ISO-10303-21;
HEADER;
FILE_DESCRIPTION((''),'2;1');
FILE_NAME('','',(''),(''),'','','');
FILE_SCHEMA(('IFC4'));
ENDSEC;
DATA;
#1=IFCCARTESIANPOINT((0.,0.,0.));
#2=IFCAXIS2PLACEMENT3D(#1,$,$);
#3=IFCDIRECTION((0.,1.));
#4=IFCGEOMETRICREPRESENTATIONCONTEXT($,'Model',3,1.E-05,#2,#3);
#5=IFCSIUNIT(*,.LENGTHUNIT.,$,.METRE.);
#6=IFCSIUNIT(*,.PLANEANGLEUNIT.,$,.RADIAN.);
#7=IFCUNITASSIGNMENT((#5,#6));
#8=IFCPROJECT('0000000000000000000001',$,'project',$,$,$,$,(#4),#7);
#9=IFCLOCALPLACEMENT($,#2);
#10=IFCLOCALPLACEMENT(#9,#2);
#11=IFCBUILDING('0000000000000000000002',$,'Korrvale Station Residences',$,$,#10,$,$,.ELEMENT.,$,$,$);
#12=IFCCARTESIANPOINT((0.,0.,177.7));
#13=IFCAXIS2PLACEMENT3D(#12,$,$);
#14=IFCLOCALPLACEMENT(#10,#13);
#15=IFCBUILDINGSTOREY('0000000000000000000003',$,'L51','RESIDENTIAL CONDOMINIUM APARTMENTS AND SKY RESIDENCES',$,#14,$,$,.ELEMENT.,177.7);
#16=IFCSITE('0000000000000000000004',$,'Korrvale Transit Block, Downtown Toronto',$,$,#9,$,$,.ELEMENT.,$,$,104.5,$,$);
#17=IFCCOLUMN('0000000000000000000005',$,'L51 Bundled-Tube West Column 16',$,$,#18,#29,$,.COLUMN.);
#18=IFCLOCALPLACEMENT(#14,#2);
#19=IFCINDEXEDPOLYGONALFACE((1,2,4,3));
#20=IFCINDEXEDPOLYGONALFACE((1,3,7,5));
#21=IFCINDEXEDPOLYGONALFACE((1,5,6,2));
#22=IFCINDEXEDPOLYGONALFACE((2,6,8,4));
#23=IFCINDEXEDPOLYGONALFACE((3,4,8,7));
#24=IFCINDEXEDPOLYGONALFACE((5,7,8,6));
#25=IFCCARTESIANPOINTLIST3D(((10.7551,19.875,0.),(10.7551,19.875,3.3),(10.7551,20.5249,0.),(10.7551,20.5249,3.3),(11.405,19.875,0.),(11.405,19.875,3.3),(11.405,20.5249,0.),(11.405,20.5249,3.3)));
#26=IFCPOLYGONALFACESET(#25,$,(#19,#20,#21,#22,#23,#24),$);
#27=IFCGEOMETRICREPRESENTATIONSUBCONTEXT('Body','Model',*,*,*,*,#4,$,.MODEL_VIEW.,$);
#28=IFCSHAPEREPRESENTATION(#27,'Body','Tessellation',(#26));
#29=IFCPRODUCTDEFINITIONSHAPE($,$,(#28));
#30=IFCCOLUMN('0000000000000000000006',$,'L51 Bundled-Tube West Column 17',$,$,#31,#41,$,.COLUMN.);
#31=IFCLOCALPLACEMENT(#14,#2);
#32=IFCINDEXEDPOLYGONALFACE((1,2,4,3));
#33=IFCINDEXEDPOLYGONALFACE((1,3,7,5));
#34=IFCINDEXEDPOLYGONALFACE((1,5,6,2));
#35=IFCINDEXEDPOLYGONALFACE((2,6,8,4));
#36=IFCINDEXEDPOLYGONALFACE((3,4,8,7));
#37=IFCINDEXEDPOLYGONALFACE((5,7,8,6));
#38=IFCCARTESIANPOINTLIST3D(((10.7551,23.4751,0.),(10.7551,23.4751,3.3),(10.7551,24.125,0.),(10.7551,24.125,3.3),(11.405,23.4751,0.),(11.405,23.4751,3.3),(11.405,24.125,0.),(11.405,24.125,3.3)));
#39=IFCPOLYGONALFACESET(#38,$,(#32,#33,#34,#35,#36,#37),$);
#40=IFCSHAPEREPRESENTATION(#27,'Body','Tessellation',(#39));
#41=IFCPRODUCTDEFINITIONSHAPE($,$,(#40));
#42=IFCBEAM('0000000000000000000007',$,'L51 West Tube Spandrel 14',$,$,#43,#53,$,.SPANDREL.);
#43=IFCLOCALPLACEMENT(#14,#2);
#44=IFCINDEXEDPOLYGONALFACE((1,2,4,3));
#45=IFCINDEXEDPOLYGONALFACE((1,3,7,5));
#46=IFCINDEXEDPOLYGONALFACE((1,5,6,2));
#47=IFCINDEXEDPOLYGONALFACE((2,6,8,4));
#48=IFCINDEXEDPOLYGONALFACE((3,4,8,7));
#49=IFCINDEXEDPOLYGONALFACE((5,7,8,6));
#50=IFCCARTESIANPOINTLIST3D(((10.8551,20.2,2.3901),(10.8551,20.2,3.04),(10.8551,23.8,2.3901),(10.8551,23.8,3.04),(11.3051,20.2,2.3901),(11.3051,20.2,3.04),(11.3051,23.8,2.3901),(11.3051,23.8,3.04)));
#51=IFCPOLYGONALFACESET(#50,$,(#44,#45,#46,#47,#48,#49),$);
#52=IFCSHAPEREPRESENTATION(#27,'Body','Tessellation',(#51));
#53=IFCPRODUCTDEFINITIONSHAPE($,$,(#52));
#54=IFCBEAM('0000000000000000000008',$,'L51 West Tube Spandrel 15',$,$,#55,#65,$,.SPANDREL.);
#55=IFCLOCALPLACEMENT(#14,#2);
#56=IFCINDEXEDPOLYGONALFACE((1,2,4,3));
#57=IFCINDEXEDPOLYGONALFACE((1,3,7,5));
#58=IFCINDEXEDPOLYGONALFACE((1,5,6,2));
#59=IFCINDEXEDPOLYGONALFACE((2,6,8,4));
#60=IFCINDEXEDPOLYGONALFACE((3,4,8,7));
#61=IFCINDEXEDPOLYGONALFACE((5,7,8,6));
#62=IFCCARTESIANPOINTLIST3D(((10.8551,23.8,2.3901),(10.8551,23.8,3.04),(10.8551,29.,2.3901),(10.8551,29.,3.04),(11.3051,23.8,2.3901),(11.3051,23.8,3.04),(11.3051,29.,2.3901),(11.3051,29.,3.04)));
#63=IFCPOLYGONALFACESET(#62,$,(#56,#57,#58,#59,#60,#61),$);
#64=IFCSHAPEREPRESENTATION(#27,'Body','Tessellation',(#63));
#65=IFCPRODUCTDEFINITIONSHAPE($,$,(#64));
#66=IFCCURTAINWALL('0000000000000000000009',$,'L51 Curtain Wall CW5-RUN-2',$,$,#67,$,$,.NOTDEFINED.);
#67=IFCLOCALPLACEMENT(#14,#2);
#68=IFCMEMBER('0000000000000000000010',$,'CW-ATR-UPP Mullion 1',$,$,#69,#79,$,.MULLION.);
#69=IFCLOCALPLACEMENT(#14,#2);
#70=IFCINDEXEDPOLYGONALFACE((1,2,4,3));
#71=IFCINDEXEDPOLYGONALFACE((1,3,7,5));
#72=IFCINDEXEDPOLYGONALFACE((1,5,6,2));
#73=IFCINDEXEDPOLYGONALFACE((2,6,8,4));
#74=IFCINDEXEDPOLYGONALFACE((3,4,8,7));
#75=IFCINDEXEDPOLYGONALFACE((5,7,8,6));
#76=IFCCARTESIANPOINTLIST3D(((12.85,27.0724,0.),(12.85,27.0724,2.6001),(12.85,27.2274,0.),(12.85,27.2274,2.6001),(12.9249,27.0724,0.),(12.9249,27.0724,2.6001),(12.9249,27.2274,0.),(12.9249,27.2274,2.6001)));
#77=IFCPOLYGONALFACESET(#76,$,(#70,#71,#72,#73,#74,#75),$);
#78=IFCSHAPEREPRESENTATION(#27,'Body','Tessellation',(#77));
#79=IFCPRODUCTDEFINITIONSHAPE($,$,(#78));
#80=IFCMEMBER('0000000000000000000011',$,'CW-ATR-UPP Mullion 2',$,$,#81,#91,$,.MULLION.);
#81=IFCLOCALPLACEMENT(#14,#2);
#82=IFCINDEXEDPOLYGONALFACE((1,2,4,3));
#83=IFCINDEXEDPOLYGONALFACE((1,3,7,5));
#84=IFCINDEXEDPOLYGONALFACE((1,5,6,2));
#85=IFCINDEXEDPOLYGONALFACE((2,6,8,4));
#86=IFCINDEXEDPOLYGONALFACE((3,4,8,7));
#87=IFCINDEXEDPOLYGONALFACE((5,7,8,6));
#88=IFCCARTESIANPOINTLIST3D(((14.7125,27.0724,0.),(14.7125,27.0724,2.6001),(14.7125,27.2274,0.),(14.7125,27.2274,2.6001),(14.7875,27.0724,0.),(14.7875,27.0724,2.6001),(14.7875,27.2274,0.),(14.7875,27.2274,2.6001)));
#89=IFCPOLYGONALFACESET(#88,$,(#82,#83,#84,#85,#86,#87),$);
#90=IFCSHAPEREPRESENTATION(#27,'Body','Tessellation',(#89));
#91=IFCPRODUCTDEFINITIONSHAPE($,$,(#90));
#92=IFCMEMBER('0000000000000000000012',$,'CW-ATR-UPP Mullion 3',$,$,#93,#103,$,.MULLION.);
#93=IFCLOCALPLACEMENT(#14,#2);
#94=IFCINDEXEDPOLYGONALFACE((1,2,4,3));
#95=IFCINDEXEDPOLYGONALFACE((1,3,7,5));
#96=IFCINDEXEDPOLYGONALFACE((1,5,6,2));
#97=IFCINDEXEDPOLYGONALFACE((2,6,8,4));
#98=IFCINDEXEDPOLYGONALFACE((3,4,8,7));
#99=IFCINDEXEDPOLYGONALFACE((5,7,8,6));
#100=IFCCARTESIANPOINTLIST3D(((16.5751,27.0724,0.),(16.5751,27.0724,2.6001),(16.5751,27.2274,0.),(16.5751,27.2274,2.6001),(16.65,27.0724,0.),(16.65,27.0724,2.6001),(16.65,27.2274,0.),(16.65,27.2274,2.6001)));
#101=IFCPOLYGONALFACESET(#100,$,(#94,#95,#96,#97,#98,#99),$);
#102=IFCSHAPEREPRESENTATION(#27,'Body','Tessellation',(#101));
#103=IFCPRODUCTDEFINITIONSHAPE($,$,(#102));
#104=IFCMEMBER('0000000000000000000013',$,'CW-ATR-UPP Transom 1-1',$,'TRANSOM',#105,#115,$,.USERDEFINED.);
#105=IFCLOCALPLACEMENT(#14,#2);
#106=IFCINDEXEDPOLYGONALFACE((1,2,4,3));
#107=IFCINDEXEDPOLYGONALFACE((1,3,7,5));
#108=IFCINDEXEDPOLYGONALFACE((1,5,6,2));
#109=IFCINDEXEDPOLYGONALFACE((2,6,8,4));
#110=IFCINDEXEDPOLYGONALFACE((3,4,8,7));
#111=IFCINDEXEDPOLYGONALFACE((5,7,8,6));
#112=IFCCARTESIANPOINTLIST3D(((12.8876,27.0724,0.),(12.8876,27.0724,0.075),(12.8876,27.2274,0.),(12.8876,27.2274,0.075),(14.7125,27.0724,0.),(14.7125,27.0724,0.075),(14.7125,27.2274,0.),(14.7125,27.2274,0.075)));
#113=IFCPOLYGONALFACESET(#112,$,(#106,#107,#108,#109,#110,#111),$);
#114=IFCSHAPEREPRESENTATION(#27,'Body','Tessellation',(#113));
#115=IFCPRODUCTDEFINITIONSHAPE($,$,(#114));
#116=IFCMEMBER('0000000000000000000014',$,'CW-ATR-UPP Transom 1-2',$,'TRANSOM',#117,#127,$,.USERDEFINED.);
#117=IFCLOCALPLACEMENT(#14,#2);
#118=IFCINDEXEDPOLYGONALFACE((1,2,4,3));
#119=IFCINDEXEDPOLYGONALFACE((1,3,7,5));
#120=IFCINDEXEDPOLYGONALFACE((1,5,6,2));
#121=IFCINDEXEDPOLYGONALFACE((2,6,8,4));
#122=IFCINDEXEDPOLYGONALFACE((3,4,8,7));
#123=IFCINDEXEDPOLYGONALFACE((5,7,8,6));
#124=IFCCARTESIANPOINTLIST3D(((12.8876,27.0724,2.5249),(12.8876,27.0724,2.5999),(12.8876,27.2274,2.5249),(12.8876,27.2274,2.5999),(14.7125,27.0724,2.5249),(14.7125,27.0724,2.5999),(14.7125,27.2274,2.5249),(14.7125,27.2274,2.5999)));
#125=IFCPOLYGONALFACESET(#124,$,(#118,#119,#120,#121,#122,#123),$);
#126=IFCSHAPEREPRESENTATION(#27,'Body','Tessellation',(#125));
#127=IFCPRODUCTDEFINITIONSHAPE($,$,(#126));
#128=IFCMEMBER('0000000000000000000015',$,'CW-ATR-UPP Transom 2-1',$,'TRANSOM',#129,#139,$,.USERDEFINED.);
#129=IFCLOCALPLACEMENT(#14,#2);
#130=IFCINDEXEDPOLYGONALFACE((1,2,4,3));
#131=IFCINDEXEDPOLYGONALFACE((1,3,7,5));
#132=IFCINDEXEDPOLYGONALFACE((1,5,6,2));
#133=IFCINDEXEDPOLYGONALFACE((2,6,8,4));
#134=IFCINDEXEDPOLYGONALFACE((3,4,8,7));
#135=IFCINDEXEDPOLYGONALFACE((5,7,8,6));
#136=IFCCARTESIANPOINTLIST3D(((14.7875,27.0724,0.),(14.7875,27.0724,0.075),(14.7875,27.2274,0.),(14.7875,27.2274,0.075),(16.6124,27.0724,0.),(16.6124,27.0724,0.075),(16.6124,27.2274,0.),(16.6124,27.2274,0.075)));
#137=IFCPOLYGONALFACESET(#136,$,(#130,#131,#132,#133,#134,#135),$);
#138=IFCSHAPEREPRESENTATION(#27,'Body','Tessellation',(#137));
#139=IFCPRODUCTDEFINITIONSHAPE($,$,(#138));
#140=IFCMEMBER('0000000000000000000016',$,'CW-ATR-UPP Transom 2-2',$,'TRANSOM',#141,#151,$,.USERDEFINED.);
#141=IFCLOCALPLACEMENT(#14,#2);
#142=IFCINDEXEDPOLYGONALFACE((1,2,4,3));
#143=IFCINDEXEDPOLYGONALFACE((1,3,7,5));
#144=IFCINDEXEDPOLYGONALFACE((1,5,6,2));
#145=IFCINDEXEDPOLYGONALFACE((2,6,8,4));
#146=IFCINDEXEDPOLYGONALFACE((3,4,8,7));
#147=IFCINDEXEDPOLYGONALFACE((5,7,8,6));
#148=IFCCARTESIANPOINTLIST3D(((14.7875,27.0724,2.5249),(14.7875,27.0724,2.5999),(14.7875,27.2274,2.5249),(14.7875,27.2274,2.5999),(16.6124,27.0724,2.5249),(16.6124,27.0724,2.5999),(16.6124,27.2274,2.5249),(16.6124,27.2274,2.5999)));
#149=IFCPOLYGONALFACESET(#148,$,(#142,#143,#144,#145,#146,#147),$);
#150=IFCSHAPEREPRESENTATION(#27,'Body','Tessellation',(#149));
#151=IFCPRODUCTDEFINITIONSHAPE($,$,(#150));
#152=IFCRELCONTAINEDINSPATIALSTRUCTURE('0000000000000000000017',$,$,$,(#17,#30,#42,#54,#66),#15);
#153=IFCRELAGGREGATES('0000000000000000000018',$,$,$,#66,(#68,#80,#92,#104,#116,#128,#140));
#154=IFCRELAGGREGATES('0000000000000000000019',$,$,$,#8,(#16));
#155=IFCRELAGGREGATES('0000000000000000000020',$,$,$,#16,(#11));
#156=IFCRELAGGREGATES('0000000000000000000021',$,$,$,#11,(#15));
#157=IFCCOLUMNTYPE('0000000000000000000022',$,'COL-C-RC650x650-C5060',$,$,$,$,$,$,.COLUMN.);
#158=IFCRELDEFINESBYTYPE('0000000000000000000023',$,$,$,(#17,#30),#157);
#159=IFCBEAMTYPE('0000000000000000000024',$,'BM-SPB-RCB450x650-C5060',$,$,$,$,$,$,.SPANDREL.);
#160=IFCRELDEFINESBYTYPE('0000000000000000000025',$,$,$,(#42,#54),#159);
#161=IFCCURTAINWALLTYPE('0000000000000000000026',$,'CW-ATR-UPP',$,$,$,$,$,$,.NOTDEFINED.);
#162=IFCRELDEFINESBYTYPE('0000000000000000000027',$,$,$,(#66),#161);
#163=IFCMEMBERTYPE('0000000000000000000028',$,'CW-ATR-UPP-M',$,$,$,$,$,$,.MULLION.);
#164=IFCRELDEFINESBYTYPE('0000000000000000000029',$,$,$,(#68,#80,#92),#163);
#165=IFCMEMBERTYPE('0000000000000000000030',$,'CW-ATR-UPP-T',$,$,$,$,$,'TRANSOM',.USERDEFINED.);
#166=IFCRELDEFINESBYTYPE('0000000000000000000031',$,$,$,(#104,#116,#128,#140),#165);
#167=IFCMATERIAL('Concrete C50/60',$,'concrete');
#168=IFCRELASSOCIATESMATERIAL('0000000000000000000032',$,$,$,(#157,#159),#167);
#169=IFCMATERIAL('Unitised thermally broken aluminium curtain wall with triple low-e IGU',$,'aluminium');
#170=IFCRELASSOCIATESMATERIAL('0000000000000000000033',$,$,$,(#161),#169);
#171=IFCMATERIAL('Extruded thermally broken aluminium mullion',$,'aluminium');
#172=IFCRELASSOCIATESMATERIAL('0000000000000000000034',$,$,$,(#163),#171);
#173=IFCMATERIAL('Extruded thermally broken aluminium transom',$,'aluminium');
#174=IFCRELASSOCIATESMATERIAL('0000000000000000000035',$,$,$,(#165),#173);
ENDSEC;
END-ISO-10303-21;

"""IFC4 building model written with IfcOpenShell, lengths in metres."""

from ifc_helpers import new_model, si_unit, direction, frame, origin, origin_2d, place, context, subcontext, project, spatial, rectangle, extrude, material, material_profile, profile_set, type_object, element, aggregate, save


model = new_model("IFC4")

# Units and contexts
model_context = context("Model", 3, precision=1e-05, world=origin(), true_north=direction((0.0, 1.0)))
body_context = subcontext(model_context, "Body", "Model", "MODEL_VIEW")
ifc_project = project(units=[si_unit("LENGTHUNIT", "METRE"), si_unit("PLANEANGLEUNIT", "RADIAN")], contexts=[model_context])

# Site, building, storey
site_placement = place(None, origin())
site = spatial("IfcSite", under=ifc_project, at=site_placement, Name="Korrvale Transit Block, Downtown Toronto", CompositionType="ELEMENT", RefElevation=104.5)
building_placement = place(site_placement, origin())
building = spatial("IfcBuilding", under=site, at=building_placement, Name="Korrvale Station Residences", CompositionType="ELEMENT")
storey_placement = place(building_placement, frame((0.0, 0.0, 177.7)))
storey = spatial("IfcBuildingStorey", under=building, at=storey_placement, Name="L51", Description="RESIDENTIAL CONDOMINIUM APARTMENTS AND SKY RESIDENCES", CompositionType="ELEMENT", Elevation=177.7)

# Columns
ifc_material_1 = material(Name="Concrete C50/60", Category="concrete")
ifc_material_profile_1 = material_profile(ifc_material_1, rectangle(XDim=0.6499, YDim=0.6499, at=origin_2d()), Name="RC650x650")
ifc_profile_set_1 = profile_set([ifc_material_profile_1], Name="Concrete C50/60")
column_type = type_object("IfcColumnType", Name="COL-C-RC650x650-C5060", PredefinedType="COLUMN", material=ifc_profile_set_1)
for number, where, z_axis, x_axis, name in (
    (1, (11.0801, 20.2, 0.0), (0.0, 0.0, 1.0), (1.0, 0.0, 0.0), "L51 Bundled-Tube West Column 16"),
    (2, (11.0801, 23.8, 0.0), (0.0, 0.0, 1.0), (1.0, 0.0, 0.0), "L51 Bundled-Tube West Column 17"),
):
    element("IfcColumn", number, at=place(storey_placement, frame(where, z_axis=z_axis, x_axis=x_axis)), inside=storey, type_object=column_type, Name=name, PredefinedType="COLUMN", context=body_context, shape_type="SweptSolid", body=[
        extrude(rectangle(XDim=0.6499, YDim=0.6499, at=origin_2d()), origin(), (0.0, 0.0, 1.0), 3.3),
    ])

# Beams
ifc_material_profile_2 = material_profile(ifc_material_1, rectangle(XDim=0.45, YDim=0.6499, at=origin_2d()), Name="RCB450x650")
ifc_profile_set_2 = profile_set([ifc_material_profile_2], Name="Concrete C50/60")
beam_type = type_object("IfcBeamType", Name="BM-SPB-RCB450x650-C5060", PredefinedType="SPANDREL", material=ifc_profile_set_2)
beam_1_placement = place(storey_placement, frame((11.0801, 20.2, 2.7151), z_axis=(0.0, 1.0, 0.0), x_axis=(-1.0, 0.0, 0.0)))
element("IfcBeam", 3, at=beam_1_placement, inside=storey, type_object=beam_type, Name="L51 West Tube Spandrel 14", PredefinedType="SPANDREL", context=body_context, shape_type="SweptSolid", body=[
    extrude(rectangle(XDim=0.45, YDim=0.6499, at=origin_2d()), origin(), (0.0, 0.0, 1.0), 3.6001),
])
beam_2_placement = place(storey_placement, frame((11.0801, 23.8, 2.7151), z_axis=(0.0, 1.0, 0.0), x_axis=(-1.0, 0.0, 0.0)))
element("IfcBeam", 4, at=beam_2_placement, inside=storey, type_object=beam_type, Name="L51 West Tube Spandrel 15", PredefinedType="SPANDREL", context=body_context, shape_type="SweptSolid", body=[
    extrude(rectangle(XDim=0.45, YDim=0.6499, at=origin_2d()), origin(), (0.0, 0.0, 1.0), 5.2),
])

# Curtain wall, members
ifc_material_2 = material(Name="Unitised thermally broken aluminium curtain wall with triple low-e IGU", Category="aluminium")
curtain_wall_type = type_object("IfcCurtainWallType", Name="CW-ATR-UPP", PredefinedType="NOTDEFINED", material=ifc_material_2)
curtain_wall_placement = place(storey_placement, origin())
curtain_wall = element("IfcCurtainWall", 5, at=curtain_wall_placement, inside=storey, type_object=curtain_wall_type, Name="L51 Curtain Wall CW5-RUN-2", PredefinedType="NOTDEFINED")
ifc_material_3 = material(Name="Extruded thermally broken aluminium mullion", Category="aluminium")
member_type_1 = type_object("IfcMemberType", Name="CW-ATR-UPP-M", PredefinedType="MULLION", material=ifc_material_3)
member_1_placement = place(storey_placement, frame((12.8875, 27.1499, 0.0), z_axis=(0.0, 0.0, 1.0), x_axis=(1.0, 0.0, 0.0)))
member_1 = element("IfcMember", 6, at=member_1_placement, type_object=member_type_1, Name="CW-ATR-UPP Mullion 1", PredefinedType="MULLION", context=body_context, shape_type="SweptSolid", body=[
    extrude(rectangle(XDim=0.075, YDim=0.155, at=origin_2d()), origin(), (0.0, 0.0, 1.0), 2.6001),
])
member_2_placement = place(storey_placement, frame((14.75, 27.1499, 0.0), z_axis=(0.0, 0.0, 1.0), x_axis=(1.0, 0.0, 0.0)))
member_2 = element("IfcMember", 7, at=member_2_placement, type_object=member_type_1, Name="CW-ATR-UPP Mullion 2", PredefinedType="MULLION", context=body_context, shape_type="SweptSolid", body=[
    extrude(rectangle(XDim=0.075, YDim=0.155, at=origin_2d()), origin(), (0.0, 0.0, 1.0), 2.6001),
])
member_3_placement = place(storey_placement, frame((16.6125, 27.1499, 0.0), z_axis=(0.0, 0.0, 1.0), x_axis=(1.0, 0.0, 0.0)))
member_3 = element("IfcMember", 8, at=member_3_placement, type_object=member_type_1, Name="CW-ATR-UPP Mullion 3", PredefinedType="MULLION", context=body_context, shape_type="SweptSolid", body=[
    extrude(rectangle(XDim=0.075, YDim=0.155, at=origin_2d()), origin(), (0.0, 0.0, 1.0), 2.6001),
])
ifc_material_4 = material(Name="Extruded thermally broken aluminium transom", Category="aluminium")
member_type_2 = type_object("IfcMemberType", Name="CW-ATR-UPP-T", ElementType="TRANSOM", PredefinedType="USERDEFINED", material=ifc_material_4)
member_4_placement = place(storey_placement, frame((13.8, 27.1499, 0.0), z_axis=(0.0, 0.0, 1.0), x_axis=(1.0, 0.0, 0.0)))
member_4 = element("IfcMember", 9, at=member_4_placement, type_object=member_type_2, Name="CW-ATR-UPP Transom 1-1", ObjectType="TRANSOM", PredefinedType="USERDEFINED", context=body_context, shape_type="SweptSolid", body=[
    extrude(rectangle(XDim=1.825, YDim=0.155, at=origin_2d()), origin(), (0.0, 0.0, 1.0), 0.075),
])
member_5_placement = place(storey_placement, frame((13.8, 27.1499, 2.5249), z_axis=(0.0, 0.0, 1.0), x_axis=(1.0, 0.0, 0.0)))
member_5 = element("IfcMember", 10, at=member_5_placement, type_object=member_type_2, Name="CW-ATR-UPP Transom 1-2", ObjectType="TRANSOM", PredefinedType="USERDEFINED", context=body_context, shape_type="SweptSolid", body=[
    extrude(rectangle(XDim=1.825, YDim=0.155, at=origin_2d()), origin(), (0.0, 0.0, 1.0), 0.075),
])
member_6_placement = place(storey_placement, frame((15.7, 27.1499, 0.0), z_axis=(0.0, 0.0, 1.0), x_axis=(1.0, 0.0, 0.0)))
member_6 = element("IfcMember", 11, at=member_6_placement, type_object=member_type_2, Name="CW-ATR-UPP Transom 2-1", ObjectType="TRANSOM", PredefinedType="USERDEFINED", context=body_context, shape_type="SweptSolid", body=[
    extrude(rectangle(XDim=1.825, YDim=0.155, at=origin_2d()), origin(), (0.0, 0.0, 1.0), 0.075),
])
member_7_placement = place(storey_placement, frame((15.7, 27.1499, 2.5249), z_axis=(0.0, 0.0, 1.0), x_axis=(1.0, 0.0, 0.0)))
member_7 = element("IfcMember", 12, at=member_7_placement, type_object=member_type_2, Name="CW-ATR-UPP Transom 2-2", ObjectType="TRANSOM", PredefinedType="USERDEFINED", context=body_context, shape_type="SweptSolid", body=[
    extrude(rectangle(XDim=1.825, YDim=0.155, at=origin_2d()), origin(), (0.0, 0.0, 1.0), 0.075),
])

aggregate(curtain_wall, [member_1, member_2, member_3, member_4, member_5, member_6, member_7])

save(model, "model.ifc")
